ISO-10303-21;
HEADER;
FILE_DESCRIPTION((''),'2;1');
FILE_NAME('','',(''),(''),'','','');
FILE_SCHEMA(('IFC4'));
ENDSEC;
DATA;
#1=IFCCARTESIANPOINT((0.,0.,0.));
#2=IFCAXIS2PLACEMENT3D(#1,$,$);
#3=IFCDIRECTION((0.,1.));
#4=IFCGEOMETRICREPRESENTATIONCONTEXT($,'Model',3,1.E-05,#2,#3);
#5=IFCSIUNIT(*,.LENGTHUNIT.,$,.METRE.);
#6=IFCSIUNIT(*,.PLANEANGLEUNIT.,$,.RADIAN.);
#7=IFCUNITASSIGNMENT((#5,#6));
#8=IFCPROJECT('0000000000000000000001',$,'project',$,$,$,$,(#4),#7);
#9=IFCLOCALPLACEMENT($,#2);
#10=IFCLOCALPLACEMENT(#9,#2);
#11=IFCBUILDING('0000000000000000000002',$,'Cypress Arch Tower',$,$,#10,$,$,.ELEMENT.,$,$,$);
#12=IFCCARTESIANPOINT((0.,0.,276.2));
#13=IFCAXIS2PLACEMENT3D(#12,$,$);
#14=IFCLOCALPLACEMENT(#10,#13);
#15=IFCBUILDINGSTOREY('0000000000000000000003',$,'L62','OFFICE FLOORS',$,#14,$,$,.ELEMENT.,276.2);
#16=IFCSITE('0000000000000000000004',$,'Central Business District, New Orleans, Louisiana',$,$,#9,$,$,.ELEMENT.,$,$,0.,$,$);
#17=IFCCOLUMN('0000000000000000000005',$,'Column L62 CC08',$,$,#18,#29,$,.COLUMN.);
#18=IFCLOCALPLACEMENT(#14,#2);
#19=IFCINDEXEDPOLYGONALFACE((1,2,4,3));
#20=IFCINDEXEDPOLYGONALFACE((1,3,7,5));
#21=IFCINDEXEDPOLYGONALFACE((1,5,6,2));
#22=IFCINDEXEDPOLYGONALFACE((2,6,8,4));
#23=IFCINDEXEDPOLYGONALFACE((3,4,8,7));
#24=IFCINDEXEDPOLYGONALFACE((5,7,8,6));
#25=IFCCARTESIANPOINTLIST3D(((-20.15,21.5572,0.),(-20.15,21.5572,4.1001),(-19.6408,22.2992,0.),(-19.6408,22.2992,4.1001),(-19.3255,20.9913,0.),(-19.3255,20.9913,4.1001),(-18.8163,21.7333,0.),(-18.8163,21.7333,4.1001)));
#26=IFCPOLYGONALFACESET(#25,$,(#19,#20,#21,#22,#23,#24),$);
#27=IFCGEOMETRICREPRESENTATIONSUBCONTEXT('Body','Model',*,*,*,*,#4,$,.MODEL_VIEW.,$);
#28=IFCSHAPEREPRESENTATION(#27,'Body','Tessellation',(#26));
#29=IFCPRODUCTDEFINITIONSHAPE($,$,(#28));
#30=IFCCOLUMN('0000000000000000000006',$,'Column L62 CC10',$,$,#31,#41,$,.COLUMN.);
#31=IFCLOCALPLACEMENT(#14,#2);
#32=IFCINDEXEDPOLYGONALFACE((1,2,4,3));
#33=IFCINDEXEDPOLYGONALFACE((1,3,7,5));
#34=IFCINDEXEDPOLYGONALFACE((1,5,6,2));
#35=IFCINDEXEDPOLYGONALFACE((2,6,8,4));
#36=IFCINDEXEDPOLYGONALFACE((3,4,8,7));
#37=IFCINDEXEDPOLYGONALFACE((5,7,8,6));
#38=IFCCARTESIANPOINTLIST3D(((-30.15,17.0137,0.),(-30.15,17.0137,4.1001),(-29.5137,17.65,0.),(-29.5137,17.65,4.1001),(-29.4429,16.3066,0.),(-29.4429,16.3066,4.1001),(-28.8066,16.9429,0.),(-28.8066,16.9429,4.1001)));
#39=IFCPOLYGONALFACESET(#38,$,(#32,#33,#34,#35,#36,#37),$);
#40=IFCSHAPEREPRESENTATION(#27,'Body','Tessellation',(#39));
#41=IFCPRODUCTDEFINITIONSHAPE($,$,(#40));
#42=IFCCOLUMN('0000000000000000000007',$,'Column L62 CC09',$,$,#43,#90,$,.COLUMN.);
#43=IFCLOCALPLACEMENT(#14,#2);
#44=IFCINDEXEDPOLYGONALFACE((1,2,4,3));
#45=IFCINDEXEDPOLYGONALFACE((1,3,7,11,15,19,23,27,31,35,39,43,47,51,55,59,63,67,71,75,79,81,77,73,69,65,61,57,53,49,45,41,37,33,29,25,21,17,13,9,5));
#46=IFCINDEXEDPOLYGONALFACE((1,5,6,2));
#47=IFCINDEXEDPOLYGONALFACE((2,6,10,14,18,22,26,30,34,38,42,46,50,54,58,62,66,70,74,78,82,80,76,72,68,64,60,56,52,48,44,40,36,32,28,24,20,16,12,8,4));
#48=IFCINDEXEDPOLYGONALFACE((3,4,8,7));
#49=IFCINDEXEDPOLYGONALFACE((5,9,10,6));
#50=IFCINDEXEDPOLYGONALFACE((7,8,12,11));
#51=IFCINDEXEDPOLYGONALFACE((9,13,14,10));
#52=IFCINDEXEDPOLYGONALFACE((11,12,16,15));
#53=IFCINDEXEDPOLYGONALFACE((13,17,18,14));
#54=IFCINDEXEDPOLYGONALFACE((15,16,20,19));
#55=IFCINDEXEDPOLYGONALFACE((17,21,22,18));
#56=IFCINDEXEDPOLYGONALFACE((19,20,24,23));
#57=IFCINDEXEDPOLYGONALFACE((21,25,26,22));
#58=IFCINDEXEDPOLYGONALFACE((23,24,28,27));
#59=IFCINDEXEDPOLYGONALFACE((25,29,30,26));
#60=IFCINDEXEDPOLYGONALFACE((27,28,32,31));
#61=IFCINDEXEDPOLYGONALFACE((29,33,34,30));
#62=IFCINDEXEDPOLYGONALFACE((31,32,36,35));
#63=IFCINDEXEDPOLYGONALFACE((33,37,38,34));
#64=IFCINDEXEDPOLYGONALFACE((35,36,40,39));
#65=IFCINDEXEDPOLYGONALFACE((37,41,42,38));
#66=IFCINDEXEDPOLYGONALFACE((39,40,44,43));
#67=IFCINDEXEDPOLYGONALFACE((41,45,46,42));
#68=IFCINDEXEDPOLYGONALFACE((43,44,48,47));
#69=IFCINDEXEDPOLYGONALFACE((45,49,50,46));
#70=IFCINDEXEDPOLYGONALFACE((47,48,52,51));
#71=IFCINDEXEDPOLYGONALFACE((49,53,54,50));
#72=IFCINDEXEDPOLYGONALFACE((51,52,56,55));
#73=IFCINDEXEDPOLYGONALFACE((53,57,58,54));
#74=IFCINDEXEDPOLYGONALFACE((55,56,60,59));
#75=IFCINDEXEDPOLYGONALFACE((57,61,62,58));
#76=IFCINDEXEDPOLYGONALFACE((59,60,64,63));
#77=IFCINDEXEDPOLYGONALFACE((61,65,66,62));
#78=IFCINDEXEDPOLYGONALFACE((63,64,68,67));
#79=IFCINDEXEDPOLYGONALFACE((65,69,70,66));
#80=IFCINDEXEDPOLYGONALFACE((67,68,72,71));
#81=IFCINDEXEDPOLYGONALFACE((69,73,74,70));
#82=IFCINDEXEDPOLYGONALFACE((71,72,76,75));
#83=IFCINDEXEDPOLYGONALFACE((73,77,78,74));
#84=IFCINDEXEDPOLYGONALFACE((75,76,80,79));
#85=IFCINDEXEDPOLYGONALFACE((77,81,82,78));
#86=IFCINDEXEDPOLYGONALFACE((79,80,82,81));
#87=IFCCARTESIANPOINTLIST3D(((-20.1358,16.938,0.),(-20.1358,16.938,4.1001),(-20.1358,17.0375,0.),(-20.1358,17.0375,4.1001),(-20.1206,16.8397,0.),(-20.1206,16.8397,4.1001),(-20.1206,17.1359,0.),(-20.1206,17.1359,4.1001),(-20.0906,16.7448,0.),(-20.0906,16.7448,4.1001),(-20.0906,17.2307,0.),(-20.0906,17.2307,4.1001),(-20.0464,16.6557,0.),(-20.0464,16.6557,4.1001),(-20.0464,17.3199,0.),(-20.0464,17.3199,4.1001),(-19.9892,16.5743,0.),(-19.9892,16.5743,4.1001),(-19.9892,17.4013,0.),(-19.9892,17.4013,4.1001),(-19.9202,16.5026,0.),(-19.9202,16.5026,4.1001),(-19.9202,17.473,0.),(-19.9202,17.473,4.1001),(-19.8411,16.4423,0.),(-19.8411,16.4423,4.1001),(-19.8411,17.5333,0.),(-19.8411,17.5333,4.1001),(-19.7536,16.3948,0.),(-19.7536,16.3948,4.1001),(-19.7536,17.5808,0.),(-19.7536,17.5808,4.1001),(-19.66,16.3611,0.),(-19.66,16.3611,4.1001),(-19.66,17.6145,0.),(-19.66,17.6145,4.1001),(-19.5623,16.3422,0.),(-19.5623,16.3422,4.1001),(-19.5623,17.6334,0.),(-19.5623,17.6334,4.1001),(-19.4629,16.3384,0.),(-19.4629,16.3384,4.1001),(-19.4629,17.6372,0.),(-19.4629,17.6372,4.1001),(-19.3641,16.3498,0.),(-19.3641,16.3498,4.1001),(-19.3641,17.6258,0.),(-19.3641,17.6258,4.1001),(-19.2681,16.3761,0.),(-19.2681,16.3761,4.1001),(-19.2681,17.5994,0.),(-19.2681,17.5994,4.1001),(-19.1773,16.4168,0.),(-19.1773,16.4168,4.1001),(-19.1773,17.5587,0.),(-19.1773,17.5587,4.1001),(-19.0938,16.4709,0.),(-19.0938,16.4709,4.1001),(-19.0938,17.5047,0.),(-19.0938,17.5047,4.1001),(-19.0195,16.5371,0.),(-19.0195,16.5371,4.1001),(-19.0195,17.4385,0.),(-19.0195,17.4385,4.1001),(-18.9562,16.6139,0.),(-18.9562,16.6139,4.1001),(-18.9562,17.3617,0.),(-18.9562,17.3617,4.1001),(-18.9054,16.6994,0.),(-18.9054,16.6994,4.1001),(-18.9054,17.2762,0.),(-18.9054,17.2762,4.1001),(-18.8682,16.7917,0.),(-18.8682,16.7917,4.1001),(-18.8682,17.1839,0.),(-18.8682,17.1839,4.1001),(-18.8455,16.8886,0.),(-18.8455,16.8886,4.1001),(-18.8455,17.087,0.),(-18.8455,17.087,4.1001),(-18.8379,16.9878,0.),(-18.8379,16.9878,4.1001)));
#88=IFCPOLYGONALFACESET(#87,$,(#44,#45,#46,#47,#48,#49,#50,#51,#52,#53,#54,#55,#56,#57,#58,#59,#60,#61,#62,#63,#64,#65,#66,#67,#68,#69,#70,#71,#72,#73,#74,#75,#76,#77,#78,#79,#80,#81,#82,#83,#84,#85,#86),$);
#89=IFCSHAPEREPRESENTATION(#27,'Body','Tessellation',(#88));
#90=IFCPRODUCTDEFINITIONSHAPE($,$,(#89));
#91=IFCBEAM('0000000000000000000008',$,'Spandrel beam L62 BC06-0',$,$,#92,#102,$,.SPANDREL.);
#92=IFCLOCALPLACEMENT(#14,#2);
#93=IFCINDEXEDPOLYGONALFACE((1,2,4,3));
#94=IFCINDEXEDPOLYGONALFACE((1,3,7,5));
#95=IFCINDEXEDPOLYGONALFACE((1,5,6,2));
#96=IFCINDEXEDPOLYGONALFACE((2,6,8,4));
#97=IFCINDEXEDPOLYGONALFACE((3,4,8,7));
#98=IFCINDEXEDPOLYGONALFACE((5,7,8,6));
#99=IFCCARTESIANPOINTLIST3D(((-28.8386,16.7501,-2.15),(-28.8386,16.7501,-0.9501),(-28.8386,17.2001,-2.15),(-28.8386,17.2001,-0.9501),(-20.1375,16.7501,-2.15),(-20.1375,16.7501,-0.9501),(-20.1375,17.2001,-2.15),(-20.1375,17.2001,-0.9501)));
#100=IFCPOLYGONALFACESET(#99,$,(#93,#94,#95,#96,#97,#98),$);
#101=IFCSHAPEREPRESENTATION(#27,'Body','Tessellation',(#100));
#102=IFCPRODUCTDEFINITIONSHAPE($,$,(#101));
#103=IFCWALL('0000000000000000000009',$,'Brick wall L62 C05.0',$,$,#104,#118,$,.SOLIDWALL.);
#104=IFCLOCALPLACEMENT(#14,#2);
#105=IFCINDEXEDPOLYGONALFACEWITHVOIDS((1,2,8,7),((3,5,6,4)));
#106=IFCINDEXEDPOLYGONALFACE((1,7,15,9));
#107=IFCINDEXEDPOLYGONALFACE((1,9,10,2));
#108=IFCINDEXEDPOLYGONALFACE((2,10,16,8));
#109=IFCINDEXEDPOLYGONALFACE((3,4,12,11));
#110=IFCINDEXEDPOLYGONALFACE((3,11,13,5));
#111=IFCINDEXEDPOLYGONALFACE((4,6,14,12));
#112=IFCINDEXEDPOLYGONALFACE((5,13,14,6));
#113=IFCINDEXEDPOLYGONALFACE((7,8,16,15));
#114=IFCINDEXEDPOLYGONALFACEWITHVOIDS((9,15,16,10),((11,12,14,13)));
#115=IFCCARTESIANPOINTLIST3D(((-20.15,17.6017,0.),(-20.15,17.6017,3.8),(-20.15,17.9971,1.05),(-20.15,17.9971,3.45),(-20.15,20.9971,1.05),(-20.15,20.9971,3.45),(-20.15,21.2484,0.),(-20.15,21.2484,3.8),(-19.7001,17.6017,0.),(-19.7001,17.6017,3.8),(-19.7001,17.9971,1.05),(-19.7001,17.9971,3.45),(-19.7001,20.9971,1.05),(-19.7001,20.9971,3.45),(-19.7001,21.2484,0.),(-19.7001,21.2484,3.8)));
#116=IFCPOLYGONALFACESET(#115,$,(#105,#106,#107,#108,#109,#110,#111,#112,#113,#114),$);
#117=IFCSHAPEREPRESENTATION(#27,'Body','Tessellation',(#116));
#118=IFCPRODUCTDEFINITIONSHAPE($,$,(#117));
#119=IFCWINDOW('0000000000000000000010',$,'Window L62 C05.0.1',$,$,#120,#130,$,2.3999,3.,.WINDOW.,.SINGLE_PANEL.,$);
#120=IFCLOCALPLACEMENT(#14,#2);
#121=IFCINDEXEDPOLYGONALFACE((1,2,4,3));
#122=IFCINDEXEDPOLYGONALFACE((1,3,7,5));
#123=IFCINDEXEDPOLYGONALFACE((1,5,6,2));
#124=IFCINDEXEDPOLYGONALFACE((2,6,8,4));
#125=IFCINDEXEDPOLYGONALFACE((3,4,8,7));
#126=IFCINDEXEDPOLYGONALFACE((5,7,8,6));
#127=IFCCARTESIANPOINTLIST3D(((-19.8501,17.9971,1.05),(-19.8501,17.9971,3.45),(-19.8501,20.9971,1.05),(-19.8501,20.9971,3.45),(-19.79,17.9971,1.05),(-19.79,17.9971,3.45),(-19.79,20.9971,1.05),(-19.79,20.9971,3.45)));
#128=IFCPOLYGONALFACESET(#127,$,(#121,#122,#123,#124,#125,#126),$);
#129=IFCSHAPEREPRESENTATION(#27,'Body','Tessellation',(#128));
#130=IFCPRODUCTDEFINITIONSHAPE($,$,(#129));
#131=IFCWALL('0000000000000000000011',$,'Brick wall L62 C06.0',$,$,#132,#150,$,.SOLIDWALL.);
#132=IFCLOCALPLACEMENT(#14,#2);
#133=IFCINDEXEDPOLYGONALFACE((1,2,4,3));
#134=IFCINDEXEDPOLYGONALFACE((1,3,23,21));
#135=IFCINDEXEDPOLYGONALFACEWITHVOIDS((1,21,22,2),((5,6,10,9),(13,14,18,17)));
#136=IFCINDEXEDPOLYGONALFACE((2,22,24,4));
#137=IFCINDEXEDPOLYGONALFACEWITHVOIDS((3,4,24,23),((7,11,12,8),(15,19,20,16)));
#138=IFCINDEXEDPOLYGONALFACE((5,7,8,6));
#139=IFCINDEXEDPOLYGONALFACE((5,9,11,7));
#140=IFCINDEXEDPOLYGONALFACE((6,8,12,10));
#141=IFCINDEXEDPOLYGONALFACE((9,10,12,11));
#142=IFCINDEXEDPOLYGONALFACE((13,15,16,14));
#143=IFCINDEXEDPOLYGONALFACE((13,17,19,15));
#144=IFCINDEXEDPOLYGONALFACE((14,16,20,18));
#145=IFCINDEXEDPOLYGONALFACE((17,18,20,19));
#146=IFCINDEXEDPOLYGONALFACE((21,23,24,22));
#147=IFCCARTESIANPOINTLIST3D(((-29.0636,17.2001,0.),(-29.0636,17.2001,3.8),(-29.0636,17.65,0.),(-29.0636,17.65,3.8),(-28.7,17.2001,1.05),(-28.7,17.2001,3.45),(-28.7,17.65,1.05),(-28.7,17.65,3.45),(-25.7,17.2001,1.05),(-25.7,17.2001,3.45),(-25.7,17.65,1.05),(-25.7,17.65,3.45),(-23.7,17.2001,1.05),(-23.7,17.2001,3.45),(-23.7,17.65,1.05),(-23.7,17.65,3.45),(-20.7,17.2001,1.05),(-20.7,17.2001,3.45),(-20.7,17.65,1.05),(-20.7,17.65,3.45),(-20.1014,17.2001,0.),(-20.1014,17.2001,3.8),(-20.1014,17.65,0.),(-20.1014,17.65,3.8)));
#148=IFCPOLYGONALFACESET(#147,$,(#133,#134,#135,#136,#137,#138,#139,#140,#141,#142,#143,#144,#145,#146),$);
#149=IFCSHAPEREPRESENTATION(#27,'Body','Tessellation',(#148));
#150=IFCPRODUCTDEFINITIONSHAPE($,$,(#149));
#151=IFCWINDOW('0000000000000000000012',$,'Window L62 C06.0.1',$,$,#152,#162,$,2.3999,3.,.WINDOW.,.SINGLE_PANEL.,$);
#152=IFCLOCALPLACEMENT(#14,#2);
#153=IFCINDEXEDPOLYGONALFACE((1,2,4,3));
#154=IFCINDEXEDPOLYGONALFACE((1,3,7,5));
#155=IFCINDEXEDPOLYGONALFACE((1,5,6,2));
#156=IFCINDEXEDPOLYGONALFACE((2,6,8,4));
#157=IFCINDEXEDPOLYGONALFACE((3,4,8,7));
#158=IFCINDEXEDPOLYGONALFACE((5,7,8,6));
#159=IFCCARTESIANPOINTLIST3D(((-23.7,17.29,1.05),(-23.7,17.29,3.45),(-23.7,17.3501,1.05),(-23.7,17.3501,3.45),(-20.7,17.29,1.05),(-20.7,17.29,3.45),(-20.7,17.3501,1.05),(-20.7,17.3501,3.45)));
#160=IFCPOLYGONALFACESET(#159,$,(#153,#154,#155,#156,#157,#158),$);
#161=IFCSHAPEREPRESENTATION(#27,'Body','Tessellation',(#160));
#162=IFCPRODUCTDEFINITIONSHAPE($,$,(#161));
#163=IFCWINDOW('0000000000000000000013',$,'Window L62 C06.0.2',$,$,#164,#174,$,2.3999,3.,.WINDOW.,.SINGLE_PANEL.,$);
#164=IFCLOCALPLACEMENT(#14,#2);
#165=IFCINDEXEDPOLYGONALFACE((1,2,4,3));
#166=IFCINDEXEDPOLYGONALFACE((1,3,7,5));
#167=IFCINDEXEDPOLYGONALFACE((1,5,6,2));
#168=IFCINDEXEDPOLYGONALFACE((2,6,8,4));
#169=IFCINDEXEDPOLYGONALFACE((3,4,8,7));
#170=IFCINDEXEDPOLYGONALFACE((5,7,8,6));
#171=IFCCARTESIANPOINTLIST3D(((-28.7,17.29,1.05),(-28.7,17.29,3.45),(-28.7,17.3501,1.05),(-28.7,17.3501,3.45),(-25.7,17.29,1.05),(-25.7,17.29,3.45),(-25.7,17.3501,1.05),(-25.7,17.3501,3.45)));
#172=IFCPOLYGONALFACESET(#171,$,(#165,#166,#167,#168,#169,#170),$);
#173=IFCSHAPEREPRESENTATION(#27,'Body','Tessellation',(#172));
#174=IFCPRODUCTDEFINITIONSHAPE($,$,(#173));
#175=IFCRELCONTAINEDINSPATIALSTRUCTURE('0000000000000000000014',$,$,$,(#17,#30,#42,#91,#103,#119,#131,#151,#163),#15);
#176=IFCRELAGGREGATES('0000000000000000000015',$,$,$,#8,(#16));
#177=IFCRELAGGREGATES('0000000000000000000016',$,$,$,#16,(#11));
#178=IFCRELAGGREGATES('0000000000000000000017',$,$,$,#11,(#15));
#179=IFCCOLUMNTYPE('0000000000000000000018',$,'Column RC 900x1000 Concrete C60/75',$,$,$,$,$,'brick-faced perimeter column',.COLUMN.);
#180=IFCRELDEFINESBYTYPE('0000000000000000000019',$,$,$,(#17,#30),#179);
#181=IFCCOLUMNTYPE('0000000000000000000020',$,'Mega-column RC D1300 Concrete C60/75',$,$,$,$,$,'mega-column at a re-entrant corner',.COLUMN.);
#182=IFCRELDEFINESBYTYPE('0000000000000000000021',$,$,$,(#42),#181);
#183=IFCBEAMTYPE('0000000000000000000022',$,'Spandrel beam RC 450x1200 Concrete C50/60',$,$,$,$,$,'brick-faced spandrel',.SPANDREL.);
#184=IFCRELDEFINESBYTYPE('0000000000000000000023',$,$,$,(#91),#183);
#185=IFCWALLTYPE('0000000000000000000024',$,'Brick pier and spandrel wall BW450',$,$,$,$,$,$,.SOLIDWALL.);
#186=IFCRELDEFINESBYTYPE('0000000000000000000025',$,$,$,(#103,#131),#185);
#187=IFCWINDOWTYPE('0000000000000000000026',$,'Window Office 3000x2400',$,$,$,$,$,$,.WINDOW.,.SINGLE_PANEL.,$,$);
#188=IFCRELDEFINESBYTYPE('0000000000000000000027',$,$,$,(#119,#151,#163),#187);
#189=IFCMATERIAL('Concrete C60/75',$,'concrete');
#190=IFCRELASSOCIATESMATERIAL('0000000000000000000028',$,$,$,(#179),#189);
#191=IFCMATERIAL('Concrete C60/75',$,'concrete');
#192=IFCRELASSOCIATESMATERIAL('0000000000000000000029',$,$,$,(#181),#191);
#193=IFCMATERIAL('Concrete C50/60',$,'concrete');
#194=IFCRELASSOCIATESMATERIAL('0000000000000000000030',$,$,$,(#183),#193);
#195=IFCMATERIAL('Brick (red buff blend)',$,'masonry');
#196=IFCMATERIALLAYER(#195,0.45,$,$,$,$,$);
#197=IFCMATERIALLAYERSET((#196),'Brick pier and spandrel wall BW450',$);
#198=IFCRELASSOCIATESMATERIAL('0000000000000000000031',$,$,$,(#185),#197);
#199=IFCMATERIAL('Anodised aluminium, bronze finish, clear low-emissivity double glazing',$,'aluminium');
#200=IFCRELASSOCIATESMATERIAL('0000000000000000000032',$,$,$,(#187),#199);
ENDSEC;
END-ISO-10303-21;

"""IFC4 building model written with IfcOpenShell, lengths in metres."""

from ifc_helpers import new_model, si_unit, direction, frame, frame_2d, origin, origin_2d, place, context, subcontext, project, spatial, rectangle, circle, extrude, material, layer, layer_set, material_profile, profile_set, type_object, element, fill, save


model = new_model("IFC4")

# Units and contexts
model_context = context("Model", 3, precision=1e-05, world=origin(), true_north=direction((0.0, 1.0)))
body_context = subcontext(model_context, "Body", "Model", "MODEL_VIEW")
ifc_project = project(units=[si_unit("LENGTHUNIT", "METRE"), si_unit("PLANEANGLEUNIT", "RADIAN")], contexts=[model_context])

# Site, building, storey
site_placement = place(None, origin())
site = spatial("IfcSite", under=ifc_project, at=site_placement, Name="Central Business District, New Orleans, Louisiana", CompositionType="ELEMENT", RefElevation=0.0)
building_placement = place(site_placement, origin())
building = spatial("IfcBuilding", under=site, at=building_placement, Name="Cypress Arch Tower", CompositionType="ELEMENT")
storey_placement = place(building_placement, frame((0.0, 0.0, 276.2)))
storey = spatial("IfcBuildingStorey", under=building, at=storey_placement, Name="L62", Description="OFFICE FLOORS", CompositionType="ELEMENT", Elevation=276.2)

# Columns
ifc_material_1 = material(Name="Concrete C60/75", Category="concrete")
ifc_material_profile_1 = material_profile(ifc_material_1, rectangle(XDim=0.8999, YDim=1.0, at=origin_2d()), Name="RC 900x1000")
ifc_profile_set_1 = profile_set([ifc_material_profile_1], Name="Concrete C60/75")
column_type_1 = type_object("IfcColumnType", Name="Column RC 900x1000 Concrete C60/75", ElementType="brick-faced perimeter column", PredefinedType="COLUMN", material=ifc_profile_set_1)
for number, where, z_axis, x_axis, name in (
    (1, (-19.4832, 21.6453, 0.0), (0.0, 0.0, 1.0), (-0.565893, -0.824479, 0.0), "Column L62 CC08"),
    (2, (-29.4783, 16.9783, 0.0), (0.0, 0.0, 1.0), (-0.707107, -0.707107, 0.0), "Column L62 CC10"),
):
    element("IfcColumn", number, at=place(storey_placement, frame(where, z_axis=z_axis, x_axis=x_axis)), inside=storey, type_object=column_type_1, Name=name, PredefinedType="COLUMN", context=body_context, shape_type="SweptSolid", body=[
        extrude(rectangle(XDim=0.8999, YDim=1.0, at=origin_2d()), origin(), (0.0, 0.0, 1.0), 4.1001),
    ])
ifc_material_2 = material(Name="Concrete C60/75", Category="concrete")
ifc_material_profile_2 = material_profile(ifc_material_2, circle(Radius=0.6499, at=origin_2d()), Name="RC D1300")
ifc_profile_set_2 = profile_set([ifc_material_profile_2], Name="Concrete C60/75")
column_type_2 = type_object("IfcColumnType", Name="Mega-column RC D1300 Concrete C60/75", ElementType="mega-column at a re-entrant corner", PredefinedType="COLUMN", material=ifc_profile_set_2)
column_placement = place(storey_placement, frame((-19.4878, 16.9878, 0.0), z_axis=(0.0, 0.0, 1.0), x_axis=(1.0, 0.0, 0.0)))
element("IfcColumn", 3, at=column_placement, inside=storey, type_object=column_type_2, Name="Column L62 CC09", PredefinedType="COLUMN", context=body_context, shape_type="SweptSolid", body=[
    extrude(circle(Radius=0.6499, at=origin_2d()), origin(), (0.0, 0.0, 1.0), 4.1001),
])

# Beam
ifc_material_3 = material(Name="Concrete C50/60", Category="concrete")
ifc_material_profile_3 = material_profile(ifc_material_3, rectangle(XDim=0.45, YDim=1.2, at=origin_2d()), Name="RC 450x1200")
ifc_profile_set_3 = profile_set([ifc_material_profile_3], Name="Concrete C50/60")
beam_type = type_object("IfcBeamType", Name="Spandrel beam RC 450x1200 Concrete C50/60", ElementType="brick-faced spandrel", PredefinedType="SPANDREL", material=ifc_profile_set_3)
beam_placement = place(storey_placement, frame((-20.1375, 16.9751, -1.55), z_axis=(-1.0, 0.0, 0.0), x_axis=(0.0, -1.0, 0.0)))
element("IfcBeam", 4, at=beam_placement, inside=storey, type_object=beam_type, Name="Spandrel beam L62 BC06-0", PredefinedType="SPANDREL", context=body_context, shape_type="SweptSolid", body=[
    extrude(rectangle(XDim=0.45, YDim=1.2, at=origin_2d()), origin(), (0.0, 0.0, 1.0), 8.7012),
])

# Wall, opening, window
ifc_material_4 = material(Name="Brick (red buff blend)", Category="masonry")
ifc_layer_1 = layer(ifc_material_4, 0.45)
ifc_layer_set_1 = layer_set([ifc_layer_1], Name="Brick pier and spandrel wall BW450")
wall_type_1 = type_object("IfcWallType", Name="Brick pier and spandrel wall BW450", PredefinedType="SOLIDWALL", material=ifc_layer_set_1)
wall_1_placement = place(storey_placement, frame((-19.925, 21.2483, 0.0), z_axis=(0.0, 0.0, 1.0), x_axis=(0.0, -1.0, 0.0)))
wall_1 = element("IfcWall", 5, at=wall_1_placement, inside=storey, type_object=wall_type_1, Name="Brick wall L62 C05.0", PredefinedType="SOLIDWALL", context=body_context, shape_type="SweptSolid", body=[
    extrude(rectangle(XDim=3.6467, YDim=0.45, at=frame_2d((1.8232, 0.0))), origin(), (0.0, 0.0, 1.0), 3.8),
])
opening_1_placement = place(wall_1_placement, frame((0.2512, 0.0, 1.05)))
opening_1 = element("IfcOpeningElement", 6, at=opening_1_placement, cuts=wall_1, PredefinedType="OPENING", context=body_context, shape_type="SweptSolid", body=[
    extrude(rectangle(XDim=3.0, YDim=2.3999, at=frame_2d((1.5, 1.2))), frame((0.0, 0.2349, 0.0), z_axis=(0.0, -1.0, 0.0), x_axis=(1.0, 0.0, 0.0)), (0.0, 0.0, 1.0), 0.47),
])
ifc_material_5 = material(Name="Anodised aluminium, bronze finish, clear low-emissivity double glazing", Category="aluminium")
window_type = type_object("IfcWindowType", Name="Window Office 3000x2400", PartitioningType="SINGLE_PANEL", PredefinedType="WINDOW", material=ifc_material_5)
window_1_placement = place(opening_1_placement, origin())
window_1 = element("IfcWindow", 7, at=window_1_placement, inside=storey, type_object=window_type, Name="Window L62 C05.0.1", OverallHeight=2.3999, OverallWidth=3.0, PartitioningType="SINGLE_PANEL", PredefinedType="WINDOW", context=body_context, shape_type="SweptSolid", body=[
    extrude(rectangle(XDim=3.0, YDim=2.3999, at=frame_2d((1.5, 1.2))), frame((0.0, 0.135, 0.0), z_axis=(0.0, -1.0, 0.0), x_axis=(1.0, 0.0, 0.0)), (0.0, 0.0, 1.0), 0.0601),
])
fill(opening_1, window_1)

# Wall, openings, windows
wall_2_placement = place(storey_placement, frame((-20.1016, 17.425, 0.0), z_axis=(0.0, 0.0, 1.0), x_axis=(-1.0, 0.0, 0.0)))
wall_2 = element("IfcWall", 8, at=wall_2_placement, inside=storey, type_object=wall_type_1, Name="Brick wall L62 C06.0", PredefinedType="SOLIDWALL", context=body_context, shape_type="SweptSolid", body=[
    extrude(rectangle(XDim=8.9622, YDim=0.45, at=frame_2d((4.481, 0.0))), origin(), (0.0, 0.0, 1.0), 3.8),
])
opening_2_placement = place(wall_2_placement, frame((0.5984, 0.0, 1.05)))
opening_2 = element("IfcOpeningElement", 9, at=opening_2_placement, cuts=wall_2, PredefinedType="OPENING", context=body_context, shape_type="SweptSolid", body=[
    extrude(rectangle(XDim=3.0, YDim=2.3999, at=frame_2d((1.5, 1.2))), frame((0.0, 0.2349, 0.0), z_axis=(0.0, -1.0, 0.0), x_axis=(1.0, 0.0, 0.0)), (0.0, 0.0, 1.0), 0.47),
])
opening_3_placement = place(wall_2_placement, frame((5.5984, 0.0, 1.05)))
opening_3 = element("IfcOpeningElement", 10, at=opening_3_placement, cuts=wall_2, PredefinedType="OPENING", context=body_context, shape_type="SweptSolid", body=[
    extrude(rectangle(XDim=3.0, YDim=2.3999, at=frame_2d((1.5, 1.2))), frame((0.0, 0.2349, 0.0), z_axis=(0.0, -1.0, 0.0), x_axis=(1.0, 0.0, 0.0)), (0.0, 0.0, 1.0), 0.47),
])
window_2_placement = place(opening_2_placement, origin())
window_2 = element("IfcWindow", 11, at=window_2_placement, inside=storey, type_object=window_type, Name="Window L62 C06.0.1", OverallHeight=2.3999, OverallWidth=3.0, PartitioningType="SINGLE_PANEL", PredefinedType="WINDOW", context=body_context, shape_type="SweptSolid", body=[
    extrude(rectangle(XDim=3.0, YDim=2.3999, at=frame_2d((1.5, 1.2))), frame((0.0, 0.135, 0.0), z_axis=(0.0, -1.0, 0.0), x_axis=(1.0, 0.0, 0.0)), (0.0, 0.0, 1.0), 0.0601),
])
fill(opening_2, window_2)
window_3_placement = place(opening_3_placement, origin())
window_3 = element("IfcWindow", 12, at=window_3_placement, inside=storey, type_object=window_type, Name="Window L62 C06.0.2", OverallHeight=2.3999, OverallWidth=3.0, PartitioningType="SINGLE_PANEL", PredefinedType="WINDOW", context=body_context, shape_type="SweptSolid", body=[
    extrude(rectangle(XDim=3.0, YDim=2.3999, at=frame_2d((1.5, 1.2))), frame((0.0, 0.135, 0.0), z_axis=(0.0, -1.0, 0.0), x_axis=(1.0, 0.0, 0.0)), (0.0, 0.0, 1.0), 0.0601),
])
fill(opening_3, window_3)

save(model, "model.ifc")
